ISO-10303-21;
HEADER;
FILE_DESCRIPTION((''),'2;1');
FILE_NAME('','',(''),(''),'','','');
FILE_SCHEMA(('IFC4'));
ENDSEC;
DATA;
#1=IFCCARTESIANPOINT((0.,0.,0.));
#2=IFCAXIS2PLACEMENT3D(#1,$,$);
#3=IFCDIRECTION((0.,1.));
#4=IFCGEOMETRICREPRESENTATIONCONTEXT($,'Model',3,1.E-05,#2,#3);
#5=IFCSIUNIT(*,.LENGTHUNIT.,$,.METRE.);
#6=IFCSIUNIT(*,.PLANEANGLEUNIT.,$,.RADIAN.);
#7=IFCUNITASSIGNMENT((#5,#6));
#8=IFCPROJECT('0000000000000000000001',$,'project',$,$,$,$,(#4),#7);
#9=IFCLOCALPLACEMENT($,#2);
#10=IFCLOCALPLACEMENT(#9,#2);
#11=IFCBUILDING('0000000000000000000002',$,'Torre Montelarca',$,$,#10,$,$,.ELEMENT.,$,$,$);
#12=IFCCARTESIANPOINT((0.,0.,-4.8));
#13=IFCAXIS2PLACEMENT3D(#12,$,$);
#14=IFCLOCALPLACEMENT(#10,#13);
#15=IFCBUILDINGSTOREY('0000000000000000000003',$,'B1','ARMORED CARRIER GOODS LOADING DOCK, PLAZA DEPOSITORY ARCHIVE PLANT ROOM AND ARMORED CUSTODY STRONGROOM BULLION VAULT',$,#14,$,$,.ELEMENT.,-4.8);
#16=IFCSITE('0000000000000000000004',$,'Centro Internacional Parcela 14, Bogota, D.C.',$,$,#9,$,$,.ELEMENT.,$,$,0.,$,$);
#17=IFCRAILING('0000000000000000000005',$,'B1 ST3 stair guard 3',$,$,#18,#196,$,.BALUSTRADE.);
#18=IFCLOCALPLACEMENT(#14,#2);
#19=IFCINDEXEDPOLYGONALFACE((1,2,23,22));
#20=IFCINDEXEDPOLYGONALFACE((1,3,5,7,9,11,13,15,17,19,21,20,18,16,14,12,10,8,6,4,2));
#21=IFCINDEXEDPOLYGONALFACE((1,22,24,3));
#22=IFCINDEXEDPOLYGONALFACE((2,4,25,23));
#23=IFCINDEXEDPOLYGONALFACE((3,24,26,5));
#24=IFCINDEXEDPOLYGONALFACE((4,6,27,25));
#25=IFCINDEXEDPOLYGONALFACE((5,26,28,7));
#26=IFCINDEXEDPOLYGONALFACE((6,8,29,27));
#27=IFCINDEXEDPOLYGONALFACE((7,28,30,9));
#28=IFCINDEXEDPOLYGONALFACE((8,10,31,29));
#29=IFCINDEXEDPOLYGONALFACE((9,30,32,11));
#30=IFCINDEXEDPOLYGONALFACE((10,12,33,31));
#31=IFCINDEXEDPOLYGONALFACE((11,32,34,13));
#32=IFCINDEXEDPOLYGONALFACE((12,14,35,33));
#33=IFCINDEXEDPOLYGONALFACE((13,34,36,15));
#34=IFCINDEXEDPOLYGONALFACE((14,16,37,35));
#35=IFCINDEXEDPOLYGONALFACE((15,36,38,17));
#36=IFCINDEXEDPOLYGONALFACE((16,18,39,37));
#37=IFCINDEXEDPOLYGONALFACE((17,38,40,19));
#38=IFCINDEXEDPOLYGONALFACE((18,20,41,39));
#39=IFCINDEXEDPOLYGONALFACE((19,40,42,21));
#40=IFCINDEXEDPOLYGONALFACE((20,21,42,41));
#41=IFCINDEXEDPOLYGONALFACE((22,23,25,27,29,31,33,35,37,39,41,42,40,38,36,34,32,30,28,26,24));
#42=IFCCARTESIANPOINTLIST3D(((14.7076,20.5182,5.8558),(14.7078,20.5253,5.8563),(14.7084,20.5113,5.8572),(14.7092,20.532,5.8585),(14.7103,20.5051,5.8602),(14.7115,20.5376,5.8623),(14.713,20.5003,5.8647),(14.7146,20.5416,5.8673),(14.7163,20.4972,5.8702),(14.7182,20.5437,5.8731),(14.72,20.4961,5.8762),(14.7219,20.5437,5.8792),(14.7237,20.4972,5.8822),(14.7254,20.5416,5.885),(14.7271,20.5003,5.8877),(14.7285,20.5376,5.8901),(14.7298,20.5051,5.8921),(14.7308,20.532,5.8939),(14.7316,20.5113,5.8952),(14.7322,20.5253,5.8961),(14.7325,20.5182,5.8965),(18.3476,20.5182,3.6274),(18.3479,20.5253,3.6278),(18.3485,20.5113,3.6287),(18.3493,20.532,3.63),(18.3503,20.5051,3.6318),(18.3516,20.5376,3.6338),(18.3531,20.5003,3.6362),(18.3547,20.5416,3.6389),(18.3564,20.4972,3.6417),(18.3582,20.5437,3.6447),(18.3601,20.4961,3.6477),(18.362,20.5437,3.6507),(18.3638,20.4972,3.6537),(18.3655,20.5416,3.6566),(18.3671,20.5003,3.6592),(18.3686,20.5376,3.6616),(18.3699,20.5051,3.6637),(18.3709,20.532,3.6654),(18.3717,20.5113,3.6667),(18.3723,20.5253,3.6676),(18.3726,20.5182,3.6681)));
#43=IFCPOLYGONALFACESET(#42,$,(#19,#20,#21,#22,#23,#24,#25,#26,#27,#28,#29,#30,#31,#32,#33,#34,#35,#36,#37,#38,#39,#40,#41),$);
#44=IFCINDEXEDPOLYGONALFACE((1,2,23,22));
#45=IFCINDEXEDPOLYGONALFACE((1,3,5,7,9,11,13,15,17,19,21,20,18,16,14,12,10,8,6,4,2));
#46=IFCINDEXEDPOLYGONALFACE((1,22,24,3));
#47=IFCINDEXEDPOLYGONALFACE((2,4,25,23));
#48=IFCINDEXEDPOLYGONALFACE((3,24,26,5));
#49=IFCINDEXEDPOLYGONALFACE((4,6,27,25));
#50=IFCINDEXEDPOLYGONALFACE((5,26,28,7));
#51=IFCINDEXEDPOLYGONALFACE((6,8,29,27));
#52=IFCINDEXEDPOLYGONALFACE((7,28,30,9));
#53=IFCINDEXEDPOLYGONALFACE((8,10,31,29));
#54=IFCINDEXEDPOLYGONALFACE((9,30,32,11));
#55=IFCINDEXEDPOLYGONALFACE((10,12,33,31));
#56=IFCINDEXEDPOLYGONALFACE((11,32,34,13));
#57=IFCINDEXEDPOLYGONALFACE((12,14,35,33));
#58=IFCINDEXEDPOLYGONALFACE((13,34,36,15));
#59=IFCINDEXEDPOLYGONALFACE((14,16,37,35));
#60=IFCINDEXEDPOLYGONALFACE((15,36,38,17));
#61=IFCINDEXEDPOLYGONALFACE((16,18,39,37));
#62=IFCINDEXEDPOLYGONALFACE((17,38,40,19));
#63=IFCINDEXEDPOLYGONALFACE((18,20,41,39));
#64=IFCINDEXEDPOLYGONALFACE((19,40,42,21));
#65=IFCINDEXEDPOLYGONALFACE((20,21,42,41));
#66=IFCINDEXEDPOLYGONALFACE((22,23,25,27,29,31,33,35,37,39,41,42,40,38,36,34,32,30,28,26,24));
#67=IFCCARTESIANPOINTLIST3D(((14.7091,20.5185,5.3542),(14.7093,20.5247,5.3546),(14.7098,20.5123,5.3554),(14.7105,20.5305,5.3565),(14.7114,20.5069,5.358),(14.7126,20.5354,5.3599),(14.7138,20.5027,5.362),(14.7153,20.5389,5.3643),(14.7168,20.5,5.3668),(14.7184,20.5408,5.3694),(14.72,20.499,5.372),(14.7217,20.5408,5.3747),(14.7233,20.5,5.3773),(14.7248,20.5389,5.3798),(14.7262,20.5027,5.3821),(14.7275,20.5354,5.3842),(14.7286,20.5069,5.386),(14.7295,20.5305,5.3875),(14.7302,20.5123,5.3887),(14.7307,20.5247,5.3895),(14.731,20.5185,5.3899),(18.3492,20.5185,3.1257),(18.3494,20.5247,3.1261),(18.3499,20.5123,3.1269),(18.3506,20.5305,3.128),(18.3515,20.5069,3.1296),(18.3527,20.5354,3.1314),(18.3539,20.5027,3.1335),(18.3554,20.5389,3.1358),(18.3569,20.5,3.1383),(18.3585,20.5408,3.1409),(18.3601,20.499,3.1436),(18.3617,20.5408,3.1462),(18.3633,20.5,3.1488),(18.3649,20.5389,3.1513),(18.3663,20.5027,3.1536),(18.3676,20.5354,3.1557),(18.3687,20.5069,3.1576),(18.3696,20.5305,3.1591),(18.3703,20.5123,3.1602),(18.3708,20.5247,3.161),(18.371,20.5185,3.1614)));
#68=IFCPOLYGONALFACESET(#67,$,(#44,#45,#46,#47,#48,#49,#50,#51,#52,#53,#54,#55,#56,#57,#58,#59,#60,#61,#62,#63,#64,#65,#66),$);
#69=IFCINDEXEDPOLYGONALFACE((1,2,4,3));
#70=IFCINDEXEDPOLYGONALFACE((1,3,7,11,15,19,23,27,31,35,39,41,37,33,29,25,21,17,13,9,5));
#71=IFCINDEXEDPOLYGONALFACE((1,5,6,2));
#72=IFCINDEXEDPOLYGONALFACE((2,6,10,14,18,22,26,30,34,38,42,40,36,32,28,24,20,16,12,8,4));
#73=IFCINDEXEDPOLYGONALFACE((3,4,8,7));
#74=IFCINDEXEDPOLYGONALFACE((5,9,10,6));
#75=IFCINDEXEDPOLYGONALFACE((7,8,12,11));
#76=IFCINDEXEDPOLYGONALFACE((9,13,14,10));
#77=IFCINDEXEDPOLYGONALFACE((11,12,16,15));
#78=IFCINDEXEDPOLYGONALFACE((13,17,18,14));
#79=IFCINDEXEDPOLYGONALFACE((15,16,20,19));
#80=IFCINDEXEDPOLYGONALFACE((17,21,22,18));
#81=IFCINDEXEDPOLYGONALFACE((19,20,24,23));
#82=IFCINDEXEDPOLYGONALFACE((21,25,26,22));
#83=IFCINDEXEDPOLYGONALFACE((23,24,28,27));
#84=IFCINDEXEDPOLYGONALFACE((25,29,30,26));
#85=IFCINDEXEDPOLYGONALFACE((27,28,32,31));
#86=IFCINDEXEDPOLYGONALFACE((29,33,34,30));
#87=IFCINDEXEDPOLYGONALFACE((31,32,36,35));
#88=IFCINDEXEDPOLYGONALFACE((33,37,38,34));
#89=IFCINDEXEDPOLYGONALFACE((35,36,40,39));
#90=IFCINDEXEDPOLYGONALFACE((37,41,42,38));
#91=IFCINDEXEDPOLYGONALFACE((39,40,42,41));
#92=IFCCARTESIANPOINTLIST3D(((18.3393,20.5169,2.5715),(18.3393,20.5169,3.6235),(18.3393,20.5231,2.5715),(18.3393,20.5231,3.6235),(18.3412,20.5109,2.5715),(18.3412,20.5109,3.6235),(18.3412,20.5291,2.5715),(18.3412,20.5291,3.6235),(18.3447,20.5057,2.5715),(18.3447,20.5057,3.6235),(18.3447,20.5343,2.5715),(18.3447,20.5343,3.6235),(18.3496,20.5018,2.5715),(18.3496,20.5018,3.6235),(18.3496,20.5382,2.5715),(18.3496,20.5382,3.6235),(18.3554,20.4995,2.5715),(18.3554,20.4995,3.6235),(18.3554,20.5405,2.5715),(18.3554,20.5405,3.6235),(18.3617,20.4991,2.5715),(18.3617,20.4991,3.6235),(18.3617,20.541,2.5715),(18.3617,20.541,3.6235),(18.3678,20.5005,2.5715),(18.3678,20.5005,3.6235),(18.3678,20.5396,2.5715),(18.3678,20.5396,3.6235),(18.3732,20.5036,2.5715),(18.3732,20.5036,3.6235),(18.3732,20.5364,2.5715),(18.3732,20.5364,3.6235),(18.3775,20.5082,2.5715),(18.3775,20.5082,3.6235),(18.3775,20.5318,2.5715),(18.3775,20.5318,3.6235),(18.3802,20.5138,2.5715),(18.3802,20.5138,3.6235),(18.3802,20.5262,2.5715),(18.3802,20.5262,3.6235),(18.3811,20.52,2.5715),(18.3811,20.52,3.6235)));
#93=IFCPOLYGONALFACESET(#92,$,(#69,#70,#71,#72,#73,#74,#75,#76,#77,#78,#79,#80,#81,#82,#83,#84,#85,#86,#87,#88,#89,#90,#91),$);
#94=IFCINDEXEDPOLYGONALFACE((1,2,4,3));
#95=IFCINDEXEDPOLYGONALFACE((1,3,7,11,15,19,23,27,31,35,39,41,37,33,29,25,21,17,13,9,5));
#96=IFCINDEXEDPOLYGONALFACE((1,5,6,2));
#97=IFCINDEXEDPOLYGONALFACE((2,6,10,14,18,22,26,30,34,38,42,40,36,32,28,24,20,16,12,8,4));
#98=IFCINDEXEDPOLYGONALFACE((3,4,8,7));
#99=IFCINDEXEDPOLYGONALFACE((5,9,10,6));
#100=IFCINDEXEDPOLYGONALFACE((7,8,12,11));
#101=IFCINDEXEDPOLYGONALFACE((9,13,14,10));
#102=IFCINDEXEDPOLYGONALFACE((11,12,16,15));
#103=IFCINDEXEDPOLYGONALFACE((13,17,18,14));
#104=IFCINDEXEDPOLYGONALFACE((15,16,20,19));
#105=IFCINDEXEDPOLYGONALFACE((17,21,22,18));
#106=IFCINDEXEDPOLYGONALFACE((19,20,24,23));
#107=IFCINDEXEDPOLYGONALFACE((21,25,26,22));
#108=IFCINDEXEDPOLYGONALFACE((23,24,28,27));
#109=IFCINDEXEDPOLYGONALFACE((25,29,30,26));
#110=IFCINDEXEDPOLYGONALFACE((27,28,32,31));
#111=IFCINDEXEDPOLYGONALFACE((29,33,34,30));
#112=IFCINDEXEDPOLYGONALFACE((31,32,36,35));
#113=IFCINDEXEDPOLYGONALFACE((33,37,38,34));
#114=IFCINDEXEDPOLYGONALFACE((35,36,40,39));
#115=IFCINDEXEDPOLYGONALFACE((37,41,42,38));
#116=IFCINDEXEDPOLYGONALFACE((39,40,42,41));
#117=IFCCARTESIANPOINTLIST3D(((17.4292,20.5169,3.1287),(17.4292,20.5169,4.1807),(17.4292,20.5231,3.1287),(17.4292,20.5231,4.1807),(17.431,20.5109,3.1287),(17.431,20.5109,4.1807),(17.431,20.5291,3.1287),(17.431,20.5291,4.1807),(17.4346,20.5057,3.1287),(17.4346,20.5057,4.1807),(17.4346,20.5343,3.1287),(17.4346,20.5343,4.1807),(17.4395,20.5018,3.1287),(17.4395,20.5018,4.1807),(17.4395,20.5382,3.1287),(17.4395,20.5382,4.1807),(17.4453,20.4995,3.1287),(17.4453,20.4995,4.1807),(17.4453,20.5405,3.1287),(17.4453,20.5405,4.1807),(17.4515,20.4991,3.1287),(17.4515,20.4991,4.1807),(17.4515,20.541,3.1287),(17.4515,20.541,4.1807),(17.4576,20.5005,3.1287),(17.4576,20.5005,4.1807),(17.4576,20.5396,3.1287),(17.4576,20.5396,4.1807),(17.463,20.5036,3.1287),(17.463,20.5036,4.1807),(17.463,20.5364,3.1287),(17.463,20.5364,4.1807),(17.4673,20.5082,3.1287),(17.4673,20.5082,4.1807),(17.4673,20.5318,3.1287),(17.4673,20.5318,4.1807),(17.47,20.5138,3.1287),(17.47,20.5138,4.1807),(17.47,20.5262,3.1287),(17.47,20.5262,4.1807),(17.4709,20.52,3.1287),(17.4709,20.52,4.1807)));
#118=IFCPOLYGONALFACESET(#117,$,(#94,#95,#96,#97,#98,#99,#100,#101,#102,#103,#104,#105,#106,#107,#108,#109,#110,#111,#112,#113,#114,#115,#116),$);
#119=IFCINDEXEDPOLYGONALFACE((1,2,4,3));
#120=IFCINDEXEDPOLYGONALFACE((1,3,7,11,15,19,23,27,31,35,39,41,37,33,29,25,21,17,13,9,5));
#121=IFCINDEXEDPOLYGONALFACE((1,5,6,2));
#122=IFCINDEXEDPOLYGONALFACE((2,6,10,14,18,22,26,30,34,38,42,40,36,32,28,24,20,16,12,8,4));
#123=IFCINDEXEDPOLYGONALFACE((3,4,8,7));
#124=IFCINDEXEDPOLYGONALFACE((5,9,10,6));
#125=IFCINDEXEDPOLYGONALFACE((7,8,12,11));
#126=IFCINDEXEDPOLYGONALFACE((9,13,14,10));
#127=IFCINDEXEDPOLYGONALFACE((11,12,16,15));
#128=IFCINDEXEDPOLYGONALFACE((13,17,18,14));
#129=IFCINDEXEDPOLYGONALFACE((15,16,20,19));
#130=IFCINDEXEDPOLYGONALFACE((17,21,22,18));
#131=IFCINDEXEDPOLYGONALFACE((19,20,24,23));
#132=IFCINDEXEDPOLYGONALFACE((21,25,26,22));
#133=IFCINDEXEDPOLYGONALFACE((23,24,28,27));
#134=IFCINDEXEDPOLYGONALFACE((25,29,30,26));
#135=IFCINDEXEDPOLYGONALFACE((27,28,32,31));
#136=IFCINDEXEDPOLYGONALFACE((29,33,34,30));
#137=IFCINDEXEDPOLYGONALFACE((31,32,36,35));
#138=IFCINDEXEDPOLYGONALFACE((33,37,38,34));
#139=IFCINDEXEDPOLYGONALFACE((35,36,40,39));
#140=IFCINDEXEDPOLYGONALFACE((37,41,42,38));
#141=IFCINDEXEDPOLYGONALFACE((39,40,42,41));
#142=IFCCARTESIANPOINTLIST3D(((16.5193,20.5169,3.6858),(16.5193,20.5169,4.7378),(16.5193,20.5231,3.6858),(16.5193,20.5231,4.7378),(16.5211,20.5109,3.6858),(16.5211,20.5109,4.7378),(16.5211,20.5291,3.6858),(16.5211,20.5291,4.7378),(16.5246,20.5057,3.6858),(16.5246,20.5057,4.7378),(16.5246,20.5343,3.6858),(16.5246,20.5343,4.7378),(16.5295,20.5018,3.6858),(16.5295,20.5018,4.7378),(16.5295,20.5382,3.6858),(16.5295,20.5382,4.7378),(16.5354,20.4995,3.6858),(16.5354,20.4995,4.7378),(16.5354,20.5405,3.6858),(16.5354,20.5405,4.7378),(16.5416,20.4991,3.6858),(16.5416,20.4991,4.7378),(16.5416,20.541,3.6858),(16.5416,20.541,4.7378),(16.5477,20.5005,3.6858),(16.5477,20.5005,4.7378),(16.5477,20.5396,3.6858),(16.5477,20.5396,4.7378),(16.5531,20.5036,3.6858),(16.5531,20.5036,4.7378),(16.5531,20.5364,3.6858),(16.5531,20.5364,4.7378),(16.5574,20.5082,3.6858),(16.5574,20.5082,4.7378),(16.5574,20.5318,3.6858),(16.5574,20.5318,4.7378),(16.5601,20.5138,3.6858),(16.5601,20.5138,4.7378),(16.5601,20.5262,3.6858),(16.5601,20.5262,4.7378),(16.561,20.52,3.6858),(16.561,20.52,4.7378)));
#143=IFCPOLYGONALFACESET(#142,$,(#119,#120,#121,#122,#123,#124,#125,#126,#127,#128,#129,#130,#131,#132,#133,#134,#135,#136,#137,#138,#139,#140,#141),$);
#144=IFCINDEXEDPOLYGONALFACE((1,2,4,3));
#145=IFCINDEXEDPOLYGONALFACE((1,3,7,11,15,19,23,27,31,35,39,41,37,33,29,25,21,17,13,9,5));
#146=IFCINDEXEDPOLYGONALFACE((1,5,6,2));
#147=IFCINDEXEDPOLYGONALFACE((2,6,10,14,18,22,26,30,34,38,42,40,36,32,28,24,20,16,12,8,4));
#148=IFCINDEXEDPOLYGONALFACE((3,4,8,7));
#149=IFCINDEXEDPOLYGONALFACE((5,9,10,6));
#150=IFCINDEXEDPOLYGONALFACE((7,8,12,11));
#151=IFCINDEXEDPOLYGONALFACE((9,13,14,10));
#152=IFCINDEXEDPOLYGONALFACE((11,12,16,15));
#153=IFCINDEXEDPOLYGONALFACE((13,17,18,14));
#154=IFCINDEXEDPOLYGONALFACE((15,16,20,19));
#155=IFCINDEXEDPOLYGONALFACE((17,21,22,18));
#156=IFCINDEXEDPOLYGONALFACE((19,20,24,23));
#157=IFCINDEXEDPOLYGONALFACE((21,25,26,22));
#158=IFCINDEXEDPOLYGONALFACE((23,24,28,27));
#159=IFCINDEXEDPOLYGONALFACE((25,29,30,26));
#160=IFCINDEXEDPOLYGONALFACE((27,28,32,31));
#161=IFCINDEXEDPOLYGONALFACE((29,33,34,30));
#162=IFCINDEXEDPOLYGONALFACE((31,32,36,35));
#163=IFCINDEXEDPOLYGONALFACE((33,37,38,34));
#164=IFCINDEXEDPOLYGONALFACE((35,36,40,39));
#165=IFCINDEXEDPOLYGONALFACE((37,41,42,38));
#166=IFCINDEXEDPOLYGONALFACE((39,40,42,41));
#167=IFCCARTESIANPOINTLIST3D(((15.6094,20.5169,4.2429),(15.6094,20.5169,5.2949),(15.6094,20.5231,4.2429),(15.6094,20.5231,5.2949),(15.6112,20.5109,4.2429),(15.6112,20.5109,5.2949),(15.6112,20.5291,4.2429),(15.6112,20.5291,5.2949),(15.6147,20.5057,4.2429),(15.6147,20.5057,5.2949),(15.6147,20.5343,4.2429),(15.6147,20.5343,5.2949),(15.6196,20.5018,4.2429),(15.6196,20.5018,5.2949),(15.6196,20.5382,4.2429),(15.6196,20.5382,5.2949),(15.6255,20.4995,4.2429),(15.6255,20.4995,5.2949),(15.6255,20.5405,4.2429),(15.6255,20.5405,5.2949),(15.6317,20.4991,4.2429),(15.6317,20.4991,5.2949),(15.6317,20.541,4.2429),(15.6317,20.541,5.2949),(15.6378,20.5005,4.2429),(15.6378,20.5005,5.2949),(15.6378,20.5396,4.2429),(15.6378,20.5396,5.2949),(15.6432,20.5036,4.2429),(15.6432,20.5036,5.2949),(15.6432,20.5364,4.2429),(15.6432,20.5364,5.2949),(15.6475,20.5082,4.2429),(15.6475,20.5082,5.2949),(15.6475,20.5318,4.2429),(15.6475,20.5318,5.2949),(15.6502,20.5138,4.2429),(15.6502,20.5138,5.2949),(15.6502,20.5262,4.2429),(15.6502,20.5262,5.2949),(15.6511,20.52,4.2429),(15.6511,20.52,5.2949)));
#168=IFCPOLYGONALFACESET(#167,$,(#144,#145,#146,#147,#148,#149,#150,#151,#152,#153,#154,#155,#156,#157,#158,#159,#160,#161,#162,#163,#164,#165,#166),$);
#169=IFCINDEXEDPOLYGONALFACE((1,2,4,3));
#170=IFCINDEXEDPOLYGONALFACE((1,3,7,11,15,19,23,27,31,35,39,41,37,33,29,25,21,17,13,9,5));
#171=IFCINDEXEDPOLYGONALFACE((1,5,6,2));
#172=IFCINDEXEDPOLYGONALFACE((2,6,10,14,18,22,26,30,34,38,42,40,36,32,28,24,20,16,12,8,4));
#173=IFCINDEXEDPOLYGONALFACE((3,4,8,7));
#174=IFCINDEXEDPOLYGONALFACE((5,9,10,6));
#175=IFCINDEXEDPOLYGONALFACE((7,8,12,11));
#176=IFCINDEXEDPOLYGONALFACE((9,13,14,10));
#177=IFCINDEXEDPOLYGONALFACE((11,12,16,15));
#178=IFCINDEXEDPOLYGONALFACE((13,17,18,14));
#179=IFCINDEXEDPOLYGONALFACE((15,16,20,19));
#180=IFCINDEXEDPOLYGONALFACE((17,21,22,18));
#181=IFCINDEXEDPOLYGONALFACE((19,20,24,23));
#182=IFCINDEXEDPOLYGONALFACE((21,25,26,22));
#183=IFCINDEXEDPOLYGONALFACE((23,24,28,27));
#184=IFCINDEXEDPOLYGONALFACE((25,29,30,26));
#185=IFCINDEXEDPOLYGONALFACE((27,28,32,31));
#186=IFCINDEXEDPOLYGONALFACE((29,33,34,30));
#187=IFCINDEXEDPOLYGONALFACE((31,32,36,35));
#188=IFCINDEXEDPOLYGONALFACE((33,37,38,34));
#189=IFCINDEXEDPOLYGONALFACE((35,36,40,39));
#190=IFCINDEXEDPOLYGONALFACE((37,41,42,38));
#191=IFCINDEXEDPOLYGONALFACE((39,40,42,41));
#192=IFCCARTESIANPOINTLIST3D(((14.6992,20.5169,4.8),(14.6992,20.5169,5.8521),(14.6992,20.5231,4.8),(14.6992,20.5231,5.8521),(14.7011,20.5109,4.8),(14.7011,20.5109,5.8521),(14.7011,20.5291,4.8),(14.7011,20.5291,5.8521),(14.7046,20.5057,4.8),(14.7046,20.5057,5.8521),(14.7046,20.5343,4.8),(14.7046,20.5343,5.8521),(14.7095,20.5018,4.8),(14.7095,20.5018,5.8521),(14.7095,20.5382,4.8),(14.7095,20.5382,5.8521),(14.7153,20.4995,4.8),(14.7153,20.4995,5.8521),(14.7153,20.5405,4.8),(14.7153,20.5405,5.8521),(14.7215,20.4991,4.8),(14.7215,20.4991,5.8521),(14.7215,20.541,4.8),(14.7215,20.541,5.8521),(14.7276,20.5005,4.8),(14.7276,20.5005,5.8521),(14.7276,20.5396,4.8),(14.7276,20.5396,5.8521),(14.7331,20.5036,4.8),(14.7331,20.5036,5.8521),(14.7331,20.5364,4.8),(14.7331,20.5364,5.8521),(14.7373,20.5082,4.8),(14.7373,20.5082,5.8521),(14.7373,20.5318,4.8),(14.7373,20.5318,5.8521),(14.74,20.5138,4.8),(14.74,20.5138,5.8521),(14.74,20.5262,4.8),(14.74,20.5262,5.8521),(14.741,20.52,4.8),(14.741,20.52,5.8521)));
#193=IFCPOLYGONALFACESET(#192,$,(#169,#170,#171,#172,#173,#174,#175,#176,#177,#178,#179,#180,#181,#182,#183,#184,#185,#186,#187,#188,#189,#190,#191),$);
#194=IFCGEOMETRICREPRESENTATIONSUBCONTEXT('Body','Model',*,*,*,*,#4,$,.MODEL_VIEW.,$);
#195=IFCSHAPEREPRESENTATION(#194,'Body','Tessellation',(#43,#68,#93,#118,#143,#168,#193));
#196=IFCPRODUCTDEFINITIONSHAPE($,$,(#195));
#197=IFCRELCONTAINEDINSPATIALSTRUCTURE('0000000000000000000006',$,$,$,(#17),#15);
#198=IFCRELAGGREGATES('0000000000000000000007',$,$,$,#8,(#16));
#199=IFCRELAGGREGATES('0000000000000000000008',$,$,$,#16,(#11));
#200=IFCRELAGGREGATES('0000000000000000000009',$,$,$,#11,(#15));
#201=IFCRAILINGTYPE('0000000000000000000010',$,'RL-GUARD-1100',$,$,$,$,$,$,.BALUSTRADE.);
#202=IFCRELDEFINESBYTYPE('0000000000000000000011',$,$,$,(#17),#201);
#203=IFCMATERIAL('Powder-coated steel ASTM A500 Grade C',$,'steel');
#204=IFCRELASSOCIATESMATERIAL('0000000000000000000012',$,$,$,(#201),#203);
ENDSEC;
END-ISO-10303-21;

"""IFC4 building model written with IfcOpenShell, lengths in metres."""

from ifc_helpers import new_model, si_unit, direction, frame, origin, origin_2d, place, context, subcontext, project, spatial, circle, extrude, material, type_object, element, save


model = new_model("IFC4")

# Units and contexts
model_context = context("Model", 3, precision=1e-05, world=origin(), true_north=direction((0.0, 1.0)))
body_context = subcontext(model_context, "Body", "Model", "MODEL_VIEW")
ifc_project = project(units=[si_unit("LENGTHUNIT", "METRE"), si_unit("PLANEANGLEUNIT", "RADIAN")], contexts=[model_context])

# Site, building, storey
site_placement = place(None, origin())
site = spatial("IfcSite", under=ifc_project, at=site_placement, Name="Centro Internacional Parcela 14, Bogota, D.C.", CompositionType="ELEMENT", RefElevation=0.0)
building_placement = place(site_placement, origin())
building = spatial("IfcBuilding", under=site, at=building_placement, Name="Torre Montelarca", CompositionType="ELEMENT")
storey_placement = place(building_placement, frame((0.0, 0.0, -4.8)))
storey = spatial("IfcBuildingStorey", under=building, at=storey_placement, Name="B1", Description="ARMORED CARRIER GOODS LOADING DOCK, PLAZA DEPOSITORY ARCHIVE PLANT ROOM AND ARMORED CUSTODY STRONGROOM BULLION VAULT", CompositionType="ELEMENT", Elevation=-4.8)

# Railing
ifc_material_1 = material(Name="Powder-coated steel ASTM A500 Grade C", Category="steel")
railing_type_1 = type_object("IfcRailingType", Name="RL-GUARD-1100", PredefinedType="BALUSTRADE", material=ifc_material_1)
railing_1_placement = place(storey_placement, frame((18.3601, 20.52, 2.5715)))
element("IfcRailing", 1, at=railing_1_placement, inside=storey, type_object=railing_type_1, Name="B1 ST3 stair guard 3", PredefinedType="BALUSTRADE", context=body_context, shape_type="SweptSolid", body=[
    extrude(circle(Radius=0.0239, at=origin_2d()), frame((0.0, 0.0, 1.0762), z_axis=(-0.852866, 0.0, 0.52213), x_axis=(0.0, -1.0, 0.0)), (0.0, 0.0, 1.0), 4.2681),
    extrude(circle(Radius=0.021, at=origin_2d()), frame((0.0, 0.0, 0.572), z_axis=(-0.852866, 0.0, 0.52213), x_axis=(0.0, -1.0, 0.0)), (0.0, 0.0, 1.0), 4.2681),
    extrude(circle(Radius=0.021, at=origin_2d()), origin(), (0.0, 0.0, 1.0), 1.052),
    extrude(circle(Radius=0.021, at=origin_2d()), frame((-0.9102, 0.0, 0.5571)), (0.0, 0.0, 1.0), 1.052),
    extrude(circle(Radius=0.021, at=origin_2d()), frame((-1.8201, 0.0, 1.1143)), (0.0, 0.0, 1.0), 1.052),
    extrude(circle(Radius=0.021, at=origin_2d()), frame((-2.73, 0.0, 1.6714)), (0.0, 0.0, 1.0), 1.052),
    extrude(circle(Radius=0.021, at=origin_2d()), frame((-3.6401, 0.0, 2.2285)), (0.0, 0.0, 1.0), 1.052),
])

save(model, "model.ifc")
